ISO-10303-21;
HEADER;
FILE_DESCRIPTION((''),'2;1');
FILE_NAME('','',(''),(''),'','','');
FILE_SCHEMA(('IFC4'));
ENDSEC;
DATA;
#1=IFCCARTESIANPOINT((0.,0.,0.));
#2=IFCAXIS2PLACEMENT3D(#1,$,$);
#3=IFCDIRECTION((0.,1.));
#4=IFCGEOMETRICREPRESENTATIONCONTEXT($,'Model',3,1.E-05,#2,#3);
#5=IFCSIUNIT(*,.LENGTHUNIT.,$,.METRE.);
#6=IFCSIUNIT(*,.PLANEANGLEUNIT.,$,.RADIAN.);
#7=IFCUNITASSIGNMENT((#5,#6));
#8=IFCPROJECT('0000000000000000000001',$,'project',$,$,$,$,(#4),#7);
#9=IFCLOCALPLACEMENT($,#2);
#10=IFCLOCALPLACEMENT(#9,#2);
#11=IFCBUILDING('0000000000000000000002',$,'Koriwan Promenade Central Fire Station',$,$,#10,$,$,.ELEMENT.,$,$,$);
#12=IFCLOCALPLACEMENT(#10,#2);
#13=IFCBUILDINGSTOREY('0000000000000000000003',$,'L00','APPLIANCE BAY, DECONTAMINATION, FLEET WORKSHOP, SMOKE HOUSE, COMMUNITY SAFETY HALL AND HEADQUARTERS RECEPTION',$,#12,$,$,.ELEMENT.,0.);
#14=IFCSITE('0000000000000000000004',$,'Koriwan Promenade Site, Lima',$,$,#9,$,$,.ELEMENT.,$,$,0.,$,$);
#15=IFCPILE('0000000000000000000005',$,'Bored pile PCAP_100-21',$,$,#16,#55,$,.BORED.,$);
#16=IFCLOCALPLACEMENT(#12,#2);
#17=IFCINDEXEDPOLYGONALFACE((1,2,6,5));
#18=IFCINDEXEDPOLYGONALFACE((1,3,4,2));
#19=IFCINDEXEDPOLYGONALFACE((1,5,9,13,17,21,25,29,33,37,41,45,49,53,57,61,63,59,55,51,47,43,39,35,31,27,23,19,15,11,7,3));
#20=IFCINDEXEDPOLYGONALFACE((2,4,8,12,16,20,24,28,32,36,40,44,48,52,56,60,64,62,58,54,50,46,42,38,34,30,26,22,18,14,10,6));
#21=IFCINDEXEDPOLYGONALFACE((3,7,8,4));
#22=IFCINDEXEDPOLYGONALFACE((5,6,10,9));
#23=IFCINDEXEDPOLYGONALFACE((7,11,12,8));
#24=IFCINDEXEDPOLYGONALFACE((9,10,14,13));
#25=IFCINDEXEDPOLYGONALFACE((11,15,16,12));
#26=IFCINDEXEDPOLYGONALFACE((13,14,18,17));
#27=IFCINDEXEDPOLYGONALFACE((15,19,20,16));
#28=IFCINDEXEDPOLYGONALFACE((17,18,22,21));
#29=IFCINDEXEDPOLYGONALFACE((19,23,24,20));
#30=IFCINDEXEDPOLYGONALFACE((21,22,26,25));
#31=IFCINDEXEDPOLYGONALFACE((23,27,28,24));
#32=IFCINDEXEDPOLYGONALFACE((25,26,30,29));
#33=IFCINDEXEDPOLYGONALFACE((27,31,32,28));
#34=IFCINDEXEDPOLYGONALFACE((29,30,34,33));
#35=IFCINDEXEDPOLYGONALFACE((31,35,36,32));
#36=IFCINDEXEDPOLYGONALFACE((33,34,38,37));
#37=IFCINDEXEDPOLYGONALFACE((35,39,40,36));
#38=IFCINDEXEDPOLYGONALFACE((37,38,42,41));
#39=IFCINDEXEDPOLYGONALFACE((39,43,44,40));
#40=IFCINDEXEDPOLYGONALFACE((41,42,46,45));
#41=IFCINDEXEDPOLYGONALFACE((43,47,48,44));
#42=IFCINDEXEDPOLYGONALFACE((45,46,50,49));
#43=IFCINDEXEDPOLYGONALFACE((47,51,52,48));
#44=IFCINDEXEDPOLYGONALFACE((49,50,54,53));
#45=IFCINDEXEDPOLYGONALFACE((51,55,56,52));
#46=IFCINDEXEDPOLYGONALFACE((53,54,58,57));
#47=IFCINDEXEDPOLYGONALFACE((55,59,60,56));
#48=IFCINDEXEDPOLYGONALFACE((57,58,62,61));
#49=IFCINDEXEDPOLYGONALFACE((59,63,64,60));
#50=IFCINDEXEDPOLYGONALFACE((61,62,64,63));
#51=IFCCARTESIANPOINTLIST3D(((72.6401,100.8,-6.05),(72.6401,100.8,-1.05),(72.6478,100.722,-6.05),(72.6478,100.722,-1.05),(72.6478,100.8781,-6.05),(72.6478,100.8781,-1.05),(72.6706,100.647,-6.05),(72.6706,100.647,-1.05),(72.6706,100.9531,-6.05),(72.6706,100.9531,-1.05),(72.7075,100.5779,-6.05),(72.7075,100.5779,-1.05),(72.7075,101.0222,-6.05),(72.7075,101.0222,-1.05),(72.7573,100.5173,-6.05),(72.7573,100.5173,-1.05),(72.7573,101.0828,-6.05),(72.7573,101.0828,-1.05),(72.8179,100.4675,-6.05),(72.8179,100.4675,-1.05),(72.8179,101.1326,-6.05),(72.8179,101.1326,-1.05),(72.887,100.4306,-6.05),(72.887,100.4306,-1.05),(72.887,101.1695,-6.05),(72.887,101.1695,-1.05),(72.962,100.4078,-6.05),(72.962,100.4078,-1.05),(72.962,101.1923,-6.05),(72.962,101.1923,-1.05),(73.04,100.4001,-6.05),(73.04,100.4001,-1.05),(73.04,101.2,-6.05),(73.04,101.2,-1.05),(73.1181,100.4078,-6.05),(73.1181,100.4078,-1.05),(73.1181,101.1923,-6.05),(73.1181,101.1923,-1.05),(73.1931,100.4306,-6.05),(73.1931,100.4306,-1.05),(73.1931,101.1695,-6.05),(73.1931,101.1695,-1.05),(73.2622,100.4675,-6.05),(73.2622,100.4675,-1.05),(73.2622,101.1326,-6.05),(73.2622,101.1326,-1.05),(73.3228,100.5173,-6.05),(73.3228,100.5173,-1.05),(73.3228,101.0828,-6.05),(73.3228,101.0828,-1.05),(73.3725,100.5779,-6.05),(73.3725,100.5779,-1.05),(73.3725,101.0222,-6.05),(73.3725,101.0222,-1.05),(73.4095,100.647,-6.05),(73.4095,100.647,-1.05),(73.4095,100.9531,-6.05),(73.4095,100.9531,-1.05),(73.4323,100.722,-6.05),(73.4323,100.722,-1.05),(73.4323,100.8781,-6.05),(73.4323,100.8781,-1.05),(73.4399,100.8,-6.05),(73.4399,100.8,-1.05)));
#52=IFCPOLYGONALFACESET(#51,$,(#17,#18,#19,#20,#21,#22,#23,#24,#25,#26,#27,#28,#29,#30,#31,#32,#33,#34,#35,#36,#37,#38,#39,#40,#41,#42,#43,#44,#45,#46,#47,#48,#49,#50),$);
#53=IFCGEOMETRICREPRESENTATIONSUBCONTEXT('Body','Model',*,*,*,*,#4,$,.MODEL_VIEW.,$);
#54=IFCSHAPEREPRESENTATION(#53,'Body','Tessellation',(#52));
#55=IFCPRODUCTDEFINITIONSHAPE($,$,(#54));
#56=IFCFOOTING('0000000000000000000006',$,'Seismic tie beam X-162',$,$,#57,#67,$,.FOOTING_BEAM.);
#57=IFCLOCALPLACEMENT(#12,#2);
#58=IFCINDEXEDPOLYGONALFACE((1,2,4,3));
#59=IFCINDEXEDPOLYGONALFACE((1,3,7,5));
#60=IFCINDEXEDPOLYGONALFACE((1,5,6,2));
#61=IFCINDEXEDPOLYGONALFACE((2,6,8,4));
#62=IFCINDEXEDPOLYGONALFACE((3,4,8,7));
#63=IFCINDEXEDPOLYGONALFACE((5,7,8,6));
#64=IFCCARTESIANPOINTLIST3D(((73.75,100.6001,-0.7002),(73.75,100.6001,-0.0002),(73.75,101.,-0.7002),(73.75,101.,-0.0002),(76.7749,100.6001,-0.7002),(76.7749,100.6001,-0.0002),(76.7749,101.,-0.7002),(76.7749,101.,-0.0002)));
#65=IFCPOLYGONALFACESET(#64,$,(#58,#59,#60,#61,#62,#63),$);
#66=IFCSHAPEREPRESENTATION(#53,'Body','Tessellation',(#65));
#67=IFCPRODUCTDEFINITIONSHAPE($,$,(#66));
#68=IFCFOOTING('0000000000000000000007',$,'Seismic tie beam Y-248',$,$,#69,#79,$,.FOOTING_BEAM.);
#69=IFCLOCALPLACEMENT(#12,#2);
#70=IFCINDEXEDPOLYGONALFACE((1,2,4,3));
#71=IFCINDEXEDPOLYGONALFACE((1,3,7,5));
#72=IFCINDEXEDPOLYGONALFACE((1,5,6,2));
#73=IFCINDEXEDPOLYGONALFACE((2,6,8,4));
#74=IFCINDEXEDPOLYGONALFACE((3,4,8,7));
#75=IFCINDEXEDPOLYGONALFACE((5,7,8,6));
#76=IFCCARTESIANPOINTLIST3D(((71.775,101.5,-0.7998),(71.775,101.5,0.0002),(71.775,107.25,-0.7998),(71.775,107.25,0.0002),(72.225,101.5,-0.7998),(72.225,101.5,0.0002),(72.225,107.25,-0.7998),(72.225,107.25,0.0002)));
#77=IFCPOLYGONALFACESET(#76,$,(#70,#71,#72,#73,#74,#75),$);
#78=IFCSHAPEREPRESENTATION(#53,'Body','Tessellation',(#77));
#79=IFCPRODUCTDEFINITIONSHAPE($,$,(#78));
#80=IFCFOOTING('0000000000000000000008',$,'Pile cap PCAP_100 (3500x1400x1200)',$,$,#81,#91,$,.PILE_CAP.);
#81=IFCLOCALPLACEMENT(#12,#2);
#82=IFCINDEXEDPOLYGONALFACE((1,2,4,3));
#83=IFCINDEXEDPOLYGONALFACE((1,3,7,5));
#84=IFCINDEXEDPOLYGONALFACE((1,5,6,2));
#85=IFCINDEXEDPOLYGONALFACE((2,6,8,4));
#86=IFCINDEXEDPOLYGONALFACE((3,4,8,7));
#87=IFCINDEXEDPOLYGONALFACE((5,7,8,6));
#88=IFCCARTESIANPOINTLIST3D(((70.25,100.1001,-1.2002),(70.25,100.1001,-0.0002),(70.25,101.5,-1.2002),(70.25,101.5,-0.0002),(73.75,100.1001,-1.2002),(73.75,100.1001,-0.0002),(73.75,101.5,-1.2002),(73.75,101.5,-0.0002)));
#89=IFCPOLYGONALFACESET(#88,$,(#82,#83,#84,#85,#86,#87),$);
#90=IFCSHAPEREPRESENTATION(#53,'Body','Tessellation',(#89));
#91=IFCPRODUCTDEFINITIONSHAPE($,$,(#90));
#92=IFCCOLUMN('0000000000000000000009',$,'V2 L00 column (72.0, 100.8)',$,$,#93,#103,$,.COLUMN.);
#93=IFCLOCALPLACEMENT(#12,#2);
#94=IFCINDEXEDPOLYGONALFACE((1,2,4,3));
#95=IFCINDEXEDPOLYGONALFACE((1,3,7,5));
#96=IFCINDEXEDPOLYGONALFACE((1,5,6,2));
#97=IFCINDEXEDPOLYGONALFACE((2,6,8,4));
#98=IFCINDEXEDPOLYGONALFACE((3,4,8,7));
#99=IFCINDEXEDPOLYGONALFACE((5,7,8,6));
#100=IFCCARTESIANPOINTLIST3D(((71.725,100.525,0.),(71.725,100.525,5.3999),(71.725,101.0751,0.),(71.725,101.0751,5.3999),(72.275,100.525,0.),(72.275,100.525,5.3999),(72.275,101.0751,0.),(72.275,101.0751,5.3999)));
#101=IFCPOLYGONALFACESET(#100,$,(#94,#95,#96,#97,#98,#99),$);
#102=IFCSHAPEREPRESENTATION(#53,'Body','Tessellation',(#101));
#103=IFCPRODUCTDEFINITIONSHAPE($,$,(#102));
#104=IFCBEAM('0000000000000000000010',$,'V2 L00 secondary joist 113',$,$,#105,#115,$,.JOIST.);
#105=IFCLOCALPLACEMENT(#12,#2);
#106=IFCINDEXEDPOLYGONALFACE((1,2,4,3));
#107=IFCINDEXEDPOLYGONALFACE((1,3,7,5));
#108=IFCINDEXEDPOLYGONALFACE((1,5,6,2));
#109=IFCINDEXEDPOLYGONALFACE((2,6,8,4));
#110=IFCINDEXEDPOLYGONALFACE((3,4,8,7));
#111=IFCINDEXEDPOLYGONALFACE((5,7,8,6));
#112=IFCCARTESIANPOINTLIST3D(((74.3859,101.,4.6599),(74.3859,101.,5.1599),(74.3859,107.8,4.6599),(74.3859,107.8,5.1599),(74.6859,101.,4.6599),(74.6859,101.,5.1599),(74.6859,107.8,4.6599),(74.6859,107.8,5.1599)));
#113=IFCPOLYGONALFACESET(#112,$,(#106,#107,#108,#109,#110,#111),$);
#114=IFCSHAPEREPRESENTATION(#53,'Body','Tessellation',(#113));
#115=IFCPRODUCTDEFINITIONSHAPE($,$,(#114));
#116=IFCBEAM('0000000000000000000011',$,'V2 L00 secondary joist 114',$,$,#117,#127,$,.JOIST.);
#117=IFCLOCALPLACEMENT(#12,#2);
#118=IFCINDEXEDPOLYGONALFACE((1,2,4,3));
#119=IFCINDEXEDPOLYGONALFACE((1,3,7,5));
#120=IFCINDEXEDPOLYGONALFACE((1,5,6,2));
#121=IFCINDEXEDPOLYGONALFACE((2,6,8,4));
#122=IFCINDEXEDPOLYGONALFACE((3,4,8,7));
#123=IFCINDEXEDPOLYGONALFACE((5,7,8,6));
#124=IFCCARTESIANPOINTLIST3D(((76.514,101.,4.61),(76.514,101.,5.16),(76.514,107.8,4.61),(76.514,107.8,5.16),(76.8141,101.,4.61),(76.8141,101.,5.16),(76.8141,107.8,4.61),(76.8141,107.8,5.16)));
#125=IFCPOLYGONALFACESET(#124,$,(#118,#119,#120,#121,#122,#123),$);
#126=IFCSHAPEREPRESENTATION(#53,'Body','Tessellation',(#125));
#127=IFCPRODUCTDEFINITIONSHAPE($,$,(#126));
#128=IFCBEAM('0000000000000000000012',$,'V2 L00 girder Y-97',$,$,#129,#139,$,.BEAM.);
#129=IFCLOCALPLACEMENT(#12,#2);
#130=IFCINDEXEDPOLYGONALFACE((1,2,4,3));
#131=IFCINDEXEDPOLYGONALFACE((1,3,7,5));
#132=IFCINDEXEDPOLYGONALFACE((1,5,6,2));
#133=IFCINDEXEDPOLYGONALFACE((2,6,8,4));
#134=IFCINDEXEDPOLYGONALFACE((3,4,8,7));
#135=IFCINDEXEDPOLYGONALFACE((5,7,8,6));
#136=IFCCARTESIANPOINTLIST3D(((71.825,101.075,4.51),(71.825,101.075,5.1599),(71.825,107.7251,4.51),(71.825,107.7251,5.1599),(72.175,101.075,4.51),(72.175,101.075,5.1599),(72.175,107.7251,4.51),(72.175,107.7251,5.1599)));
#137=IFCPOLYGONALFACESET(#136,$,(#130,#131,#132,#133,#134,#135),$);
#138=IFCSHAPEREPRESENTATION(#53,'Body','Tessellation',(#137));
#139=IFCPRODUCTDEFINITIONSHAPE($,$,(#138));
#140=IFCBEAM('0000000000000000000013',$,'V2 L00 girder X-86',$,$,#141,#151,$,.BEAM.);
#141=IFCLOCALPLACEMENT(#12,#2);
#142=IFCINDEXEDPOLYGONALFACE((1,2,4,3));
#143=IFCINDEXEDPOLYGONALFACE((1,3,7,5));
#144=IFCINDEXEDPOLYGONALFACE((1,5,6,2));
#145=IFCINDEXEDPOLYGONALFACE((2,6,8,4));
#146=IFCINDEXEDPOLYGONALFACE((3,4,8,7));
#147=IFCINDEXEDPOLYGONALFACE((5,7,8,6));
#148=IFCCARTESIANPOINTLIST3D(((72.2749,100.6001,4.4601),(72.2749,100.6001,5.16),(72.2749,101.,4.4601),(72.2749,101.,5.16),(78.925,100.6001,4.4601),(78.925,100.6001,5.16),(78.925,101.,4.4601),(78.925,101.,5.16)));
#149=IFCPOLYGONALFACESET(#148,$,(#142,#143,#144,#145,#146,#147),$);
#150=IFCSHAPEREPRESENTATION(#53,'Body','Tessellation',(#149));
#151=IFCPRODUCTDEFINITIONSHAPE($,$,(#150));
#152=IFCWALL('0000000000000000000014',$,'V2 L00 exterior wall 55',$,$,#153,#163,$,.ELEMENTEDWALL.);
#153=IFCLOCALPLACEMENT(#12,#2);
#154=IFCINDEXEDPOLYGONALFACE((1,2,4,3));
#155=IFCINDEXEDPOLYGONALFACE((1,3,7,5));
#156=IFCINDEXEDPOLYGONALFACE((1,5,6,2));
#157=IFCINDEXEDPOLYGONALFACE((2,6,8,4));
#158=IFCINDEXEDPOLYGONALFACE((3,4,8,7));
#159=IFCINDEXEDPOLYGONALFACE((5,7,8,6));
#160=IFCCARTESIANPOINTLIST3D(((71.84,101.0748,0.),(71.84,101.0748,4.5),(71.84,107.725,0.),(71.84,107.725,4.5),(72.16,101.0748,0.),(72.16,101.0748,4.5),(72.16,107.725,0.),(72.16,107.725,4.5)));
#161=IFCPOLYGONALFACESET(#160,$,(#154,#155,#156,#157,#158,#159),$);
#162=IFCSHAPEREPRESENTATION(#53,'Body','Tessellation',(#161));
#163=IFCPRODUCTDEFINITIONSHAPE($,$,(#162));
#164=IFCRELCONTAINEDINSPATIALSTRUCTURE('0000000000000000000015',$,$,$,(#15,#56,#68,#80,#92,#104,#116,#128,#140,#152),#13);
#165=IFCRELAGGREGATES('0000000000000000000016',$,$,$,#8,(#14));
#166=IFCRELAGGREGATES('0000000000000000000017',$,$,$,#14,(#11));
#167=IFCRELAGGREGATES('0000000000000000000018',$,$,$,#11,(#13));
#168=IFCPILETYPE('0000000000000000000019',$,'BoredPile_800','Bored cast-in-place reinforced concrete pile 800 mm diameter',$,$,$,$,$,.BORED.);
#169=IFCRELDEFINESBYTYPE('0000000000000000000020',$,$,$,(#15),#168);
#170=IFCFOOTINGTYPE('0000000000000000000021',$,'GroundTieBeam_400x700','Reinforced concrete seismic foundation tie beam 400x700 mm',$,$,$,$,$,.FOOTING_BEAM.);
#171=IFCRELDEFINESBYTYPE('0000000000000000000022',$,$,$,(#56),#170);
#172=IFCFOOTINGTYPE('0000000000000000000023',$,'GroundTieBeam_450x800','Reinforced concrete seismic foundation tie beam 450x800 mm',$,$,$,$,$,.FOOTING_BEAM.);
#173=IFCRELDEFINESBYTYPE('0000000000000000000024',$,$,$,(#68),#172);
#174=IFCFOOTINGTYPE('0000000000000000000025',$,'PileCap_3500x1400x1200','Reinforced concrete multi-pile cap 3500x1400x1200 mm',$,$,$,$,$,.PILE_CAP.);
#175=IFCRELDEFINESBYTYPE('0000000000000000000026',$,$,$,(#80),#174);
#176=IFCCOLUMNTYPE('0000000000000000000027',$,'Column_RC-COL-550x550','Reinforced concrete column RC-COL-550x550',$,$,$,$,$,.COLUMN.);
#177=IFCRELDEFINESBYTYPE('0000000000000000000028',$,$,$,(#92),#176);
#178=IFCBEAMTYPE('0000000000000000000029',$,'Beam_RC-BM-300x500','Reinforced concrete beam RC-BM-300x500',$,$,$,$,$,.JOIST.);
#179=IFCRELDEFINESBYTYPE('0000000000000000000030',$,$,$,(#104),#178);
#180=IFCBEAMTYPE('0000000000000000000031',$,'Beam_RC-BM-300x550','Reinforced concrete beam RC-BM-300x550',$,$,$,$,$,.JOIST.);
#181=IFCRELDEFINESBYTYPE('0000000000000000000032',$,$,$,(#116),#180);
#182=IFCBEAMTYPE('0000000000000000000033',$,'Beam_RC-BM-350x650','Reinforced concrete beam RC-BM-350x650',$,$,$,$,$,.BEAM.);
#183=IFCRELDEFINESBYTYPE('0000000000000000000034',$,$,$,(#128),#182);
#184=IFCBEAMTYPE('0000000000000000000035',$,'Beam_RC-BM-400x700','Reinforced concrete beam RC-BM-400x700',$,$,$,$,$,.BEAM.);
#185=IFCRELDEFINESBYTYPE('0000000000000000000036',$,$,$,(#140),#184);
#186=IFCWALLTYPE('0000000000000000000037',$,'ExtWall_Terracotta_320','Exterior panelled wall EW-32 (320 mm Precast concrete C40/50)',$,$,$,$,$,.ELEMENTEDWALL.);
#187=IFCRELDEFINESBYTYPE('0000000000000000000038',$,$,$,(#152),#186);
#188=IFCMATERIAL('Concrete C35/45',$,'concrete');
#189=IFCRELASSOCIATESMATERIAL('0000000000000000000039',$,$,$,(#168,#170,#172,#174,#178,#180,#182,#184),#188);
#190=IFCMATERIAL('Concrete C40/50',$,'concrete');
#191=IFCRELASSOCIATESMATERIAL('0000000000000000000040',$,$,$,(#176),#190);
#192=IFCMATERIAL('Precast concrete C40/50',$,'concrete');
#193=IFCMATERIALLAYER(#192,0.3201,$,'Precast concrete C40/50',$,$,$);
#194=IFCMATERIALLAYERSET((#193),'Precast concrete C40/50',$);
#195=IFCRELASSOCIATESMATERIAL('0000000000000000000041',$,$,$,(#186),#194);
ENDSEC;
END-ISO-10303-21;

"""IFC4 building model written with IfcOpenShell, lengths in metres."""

from ifc_helpers import new_model, si_unit, direction, frame, frame_2d, origin, origin_2d, place, context, subcontext, project, spatial, rectangle, circle, extrude, material, layer, layer_set, material_profile, profile_set, type_object, element, save


model = new_model("IFC4")

# Units and contexts
model_context = context("Model", 3, precision=1e-05, world=origin(), true_north=direction((0.0, 1.0)))
body_context = subcontext(model_context, "Body", "Model", "MODEL_VIEW")
ifc_project = project(units=[si_unit("LENGTHUNIT", "METRE"), si_unit("PLANEANGLEUNIT", "RADIAN")], contexts=[model_context])

# Site, building, storey
site_placement = place(None, origin())
site = spatial("IfcSite", under=ifc_project, at=site_placement, Name="Koriwan Promenade Site, Lima", CompositionType="ELEMENT", RefElevation=0.0)
building_placement = place(site_placement, origin())
building = spatial("IfcBuilding", under=site, at=building_placement, Name="Koriwan Promenade Central Fire Station", CompositionType="ELEMENT")
storey_placement = place(building_placement, origin())
storey = spatial("IfcBuildingStorey", under=building, at=storey_placement, Name="L00", Description="APPLIANCE BAY, DECONTAMINATION, FLEET WORKSHOP, SMOKE HOUSE, COMMUNITY SAFETY HALL AND HEADQUARTERS RECEPTION", CompositionType="ELEMENT", Elevation=0.0)

# Pile
ifc_material_1 = material(Name="Concrete C35/45", Category="concrete")
ifc_material_profile_1 = material_profile(ifc_material_1, circle(Radius=0.3999, at=origin_2d()), Name="PILE-D800")
ifc_profile_set_1 = profile_set([ifc_material_profile_1], Name="Concrete C35/45")
pile_type_1 = type_object("IfcPileType", Name="BoredPile_800", Description="Bored cast-in-place reinforced concrete pile 800 mm diameter", PredefinedType="BORED", material=ifc_profile_set_1)
for number, where, z_axis, x_axis, name in (
    (1, (73.04, 100.8, -1.05), (0.0, 0.0, -1.0), (1.0, 0.0, 0.0), "Bored pile PCAP_100-21"),
):
    element("IfcPile", number, at=place(storey_placement, frame(where, z_axis=z_axis, x_axis=x_axis)), inside=storey, type_object=pile_type_1, Name=name, PredefinedType="BORED", context=body_context, shape_type="SweptSolid", body=[
        extrude(circle(Radius=0.3999, at=origin_2d()), origin(), (0.0, 0.0, 1.0), 5.0),
    ])

# Footings
footing_type_1 = type_object("IfcFootingType", Name="GroundTieBeam_400x700", Description="Reinforced concrete seismic foundation tie beam 400x700 mm", PredefinedType="FOOTING_BEAM", material=ifc_material_1)
footing_1_placement = place(storey_placement, frame((75.2625, 100.8, -0.7002), z_axis=(0.0, 0.0, 1.0), x_axis=(1.0, 0.0, 0.0)))
element("IfcFooting", 2, at=footing_1_placement, inside=storey, type_object=footing_type_1, Name="Seismic tie beam X-162", PredefinedType="FOOTING_BEAM", context=body_context, shape_type="SweptSolid", body=[
    extrude(rectangle(XDim=3.0249, YDim=0.3999, at=origin_2d()), origin(), (0.0, 0.0, 1.0), 0.7),
])
footing_type_2 = type_object("IfcFootingType", Name="GroundTieBeam_450x800", Description="Reinforced concrete seismic foundation tie beam 450x800 mm", PredefinedType="FOOTING_BEAM", material=ifc_material_1)
footing_2_placement = place(storey_placement, frame((72.0, 104.375, -0.7998), z_axis=(0.0, 0.0, 1.0), x_axis=(0.0, 1.0, 0.0)))
element("IfcFooting", 3, at=footing_2_placement, inside=storey, type_object=footing_type_2, Name="Seismic tie beam Y-248", PredefinedType="FOOTING_BEAM", context=body_context, shape_type="SweptSolid", body=[
    extrude(rectangle(XDim=5.75, YDim=0.45, at=origin_2d()), origin(), (0.0, 0.0, 1.0), 0.8),
])
footing_type_3 = type_object("IfcFootingType", Name="PileCap_3500x1400x1200", Description="Reinforced concrete multi-pile cap 3500x1400x1200 mm", PredefinedType="PILE_CAP", material=ifc_material_1)
footing_3_placement = place(storey_placement, frame((72.0, 100.8, -1.2002), z_axis=(0.0, 0.0, 1.0), x_axis=(1.0, 0.0, 0.0)))
element("IfcFooting", 4, at=footing_3_placement, inside=storey, type_object=footing_type_3, Name="Pile cap PCAP_100 (3500x1400x1200)", PredefinedType="PILE_CAP", context=body_context, shape_type="SweptSolid", body=[
    extrude(rectangle(XDim=3.5, YDim=1.3999, at=origin_2d()), origin(), (0.0, 0.0, 1.0), 1.2),
])

# Column
ifc_material_2 = material(Name="Concrete C40/50", Category="concrete")
ifc_material_profile_2 = material_profile(ifc_material_2, rectangle(XDim=0.55, YDim=0.55, at=origin_2d()), Name="RC-COL-550x550")
ifc_profile_set_2 = profile_set([ifc_material_profile_2], Name="Concrete C40/50")
column_type = type_object("IfcColumnType", Name="Column_RC-COL-550x550", Description="Reinforced concrete column RC-COL-550x550", PredefinedType="COLUMN", material=ifc_profile_set_2)
column_placement = place(storey_placement, frame((72.0, 100.8, 0.0), z_axis=(0.0, 0.0, 1.0), x_axis=(1.0, 0.0, 0.0)))
element("IfcColumn", 5, at=column_placement, inside=storey, type_object=column_type, Name="V2 L00 column (72.0, 100.8)", PredefinedType="COLUMN", context=body_context, shape_type="SweptSolid", body=[
    extrude(rectangle(XDim=0.55, YDim=0.55, at=origin_2d()), origin(), (0.0, 0.0, 1.0), 5.3999),
])

# Beams
ifc_material_profile_3 = material_profile(ifc_material_1, rectangle(XDim=0.3, YDim=0.5, at=origin_2d()), Name="RC-BM-300x500")
ifc_profile_set_3 = profile_set([ifc_material_profile_3], Name="Concrete C35/45")
beam_type_1 = type_object("IfcBeamType", Name="Beam_RC-BM-300x500", Description="Reinforced concrete beam RC-BM-300x500", PredefinedType="JOIST", material=ifc_profile_set_3)
beam_1_placement = place(storey_placement, frame((74.5359, 101.0, 4.9099), z_axis=(0.0, 1.0, 0.0), x_axis=(-1.0, 0.0, 0.0)))
element("IfcBeam", 6, at=beam_1_placement, inside=storey, type_object=beam_type_1, Name="V2 L00 secondary joist 113", PredefinedType="JOIST", context=body_context, shape_type="SweptSolid", body=[
    extrude(rectangle(XDim=0.3, YDim=0.5, at=origin_2d()), origin(), (0.0, 0.0, 1.0), 6.8),
])
ifc_material_profile_4 = material_profile(ifc_material_1, rectangle(XDim=0.3, YDim=0.55, at=origin_2d()), Name="RC-BM-300x550")
ifc_profile_set_4 = profile_set([ifc_material_profile_4], Name="Concrete C35/45")
beam_type_2 = type_object("IfcBeamType", Name="Beam_RC-BM-300x550", Description="Reinforced concrete beam RC-BM-300x550", PredefinedType="JOIST", material=ifc_profile_set_4)
beam_2_placement = place(storey_placement, frame((76.6641, 101.0, 4.885), z_axis=(0.0, 1.0, 0.0), x_axis=(-1.0, 0.0, 0.0)))
element("IfcBeam", 7, at=beam_2_placement, inside=storey, type_object=beam_type_2, Name="V2 L00 secondary joist 114", PredefinedType="JOIST", context=body_context, shape_type="SweptSolid", body=[
    extrude(rectangle(XDim=0.3, YDim=0.55, at=origin_2d()), origin(), (0.0, 0.0, 1.0), 6.8),
])
ifc_material_profile_5 = material_profile(ifc_material_1, rectangle(XDim=0.3501, YDim=0.6499, at=origin_2d()), Name="RC-BM-350x650")
ifc_profile_set_5 = profile_set([ifc_material_profile_5], Name="Concrete C35/45")
beam_type_3 = type_object("IfcBeamType", Name="Beam_RC-BM-350x650", Description="Reinforced concrete beam RC-BM-350x650", PredefinedType="BEAM", material=ifc_profile_set_5)
beam_3_placement = place(storey_placement, frame((72.0, 101.075, 4.835), z_axis=(0.0, 1.0, 0.0), x_axis=(-1.0, 0.0, 0.0)))
element("IfcBeam", 8, at=beam_3_placement, inside=storey, type_object=beam_type_3, Name="V2 L00 girder Y-97", PredefinedType="BEAM", context=body_context, shape_type="SweptSolid", body=[
    extrude(rectangle(XDim=0.3501, YDim=0.6499, at=origin_2d()), origin(), (0.0, 0.0, 1.0), 6.6501),
])
ifc_material_profile_6 = material_profile(ifc_material_1, rectangle(XDim=0.3999, YDim=0.7, at=origin_2d()), Name="RC-BM-400x700")
ifc_profile_set_6 = profile_set([ifc_material_profile_6], Name="Concrete C35/45")
beam_type_4 = type_object("IfcBeamType", Name="Beam_RC-BM-400x700", Description="Reinforced concrete beam RC-BM-400x700", PredefinedType="BEAM", material=ifc_profile_set_6)
beam_4_placement = place(storey_placement, frame((72.2749, 100.8, 4.8101), z_axis=(1.0, 0.0, 0.0), x_axis=(0.0, 1.0, 0.0)))
element("IfcBeam", 9, at=beam_4_placement, inside=storey, type_object=beam_type_4, Name="V2 L00 girder X-86", PredefinedType="BEAM", context=body_context, shape_type="SweptSolid", body=[
    extrude(rectangle(XDim=0.3999, YDim=0.7, at=origin_2d()), origin(), (0.0, 0.0, 1.0), 6.6501),
])

# Wall
ifc_material_3 = material(Name="Precast concrete C40/50", Category="concrete")
ifc_layer_1 = layer(ifc_material_3, 0.3201, Name="Precast concrete C40/50")
ifc_layer_set_1 = layer_set([ifc_layer_1], Name="Precast concrete C40/50")
wall_type_1 = type_object("IfcWallType", Name="ExtWall_Terracotta_320", Description="Exterior panelled wall EW-32 (320 mm Precast concrete C40/50)", PredefinedType="ELEMENTEDWALL", material=ifc_layer_set_1)
wall_1_placement = place(storey_placement, frame((72.0, 107.7251, 0.0), z_axis=(0.0, 0.0, 1.0), x_axis=(0.0, -1.0, 0.0)))
element("IfcWall", 10, at=wall_1_placement, inside=storey, type_object=wall_type_1, Name="V2 L00 exterior wall 55", PredefinedType="ELEMENTEDWALL", context=body_context, shape_type="SweptSolid", body=[
    extrude(rectangle(XDim=6.6501, YDim=0.3201, at=frame_2d((3.3252, 0.0))), origin(), (0.0, 0.0, 1.0), 4.5),
])

save(model, "model.ifc")
